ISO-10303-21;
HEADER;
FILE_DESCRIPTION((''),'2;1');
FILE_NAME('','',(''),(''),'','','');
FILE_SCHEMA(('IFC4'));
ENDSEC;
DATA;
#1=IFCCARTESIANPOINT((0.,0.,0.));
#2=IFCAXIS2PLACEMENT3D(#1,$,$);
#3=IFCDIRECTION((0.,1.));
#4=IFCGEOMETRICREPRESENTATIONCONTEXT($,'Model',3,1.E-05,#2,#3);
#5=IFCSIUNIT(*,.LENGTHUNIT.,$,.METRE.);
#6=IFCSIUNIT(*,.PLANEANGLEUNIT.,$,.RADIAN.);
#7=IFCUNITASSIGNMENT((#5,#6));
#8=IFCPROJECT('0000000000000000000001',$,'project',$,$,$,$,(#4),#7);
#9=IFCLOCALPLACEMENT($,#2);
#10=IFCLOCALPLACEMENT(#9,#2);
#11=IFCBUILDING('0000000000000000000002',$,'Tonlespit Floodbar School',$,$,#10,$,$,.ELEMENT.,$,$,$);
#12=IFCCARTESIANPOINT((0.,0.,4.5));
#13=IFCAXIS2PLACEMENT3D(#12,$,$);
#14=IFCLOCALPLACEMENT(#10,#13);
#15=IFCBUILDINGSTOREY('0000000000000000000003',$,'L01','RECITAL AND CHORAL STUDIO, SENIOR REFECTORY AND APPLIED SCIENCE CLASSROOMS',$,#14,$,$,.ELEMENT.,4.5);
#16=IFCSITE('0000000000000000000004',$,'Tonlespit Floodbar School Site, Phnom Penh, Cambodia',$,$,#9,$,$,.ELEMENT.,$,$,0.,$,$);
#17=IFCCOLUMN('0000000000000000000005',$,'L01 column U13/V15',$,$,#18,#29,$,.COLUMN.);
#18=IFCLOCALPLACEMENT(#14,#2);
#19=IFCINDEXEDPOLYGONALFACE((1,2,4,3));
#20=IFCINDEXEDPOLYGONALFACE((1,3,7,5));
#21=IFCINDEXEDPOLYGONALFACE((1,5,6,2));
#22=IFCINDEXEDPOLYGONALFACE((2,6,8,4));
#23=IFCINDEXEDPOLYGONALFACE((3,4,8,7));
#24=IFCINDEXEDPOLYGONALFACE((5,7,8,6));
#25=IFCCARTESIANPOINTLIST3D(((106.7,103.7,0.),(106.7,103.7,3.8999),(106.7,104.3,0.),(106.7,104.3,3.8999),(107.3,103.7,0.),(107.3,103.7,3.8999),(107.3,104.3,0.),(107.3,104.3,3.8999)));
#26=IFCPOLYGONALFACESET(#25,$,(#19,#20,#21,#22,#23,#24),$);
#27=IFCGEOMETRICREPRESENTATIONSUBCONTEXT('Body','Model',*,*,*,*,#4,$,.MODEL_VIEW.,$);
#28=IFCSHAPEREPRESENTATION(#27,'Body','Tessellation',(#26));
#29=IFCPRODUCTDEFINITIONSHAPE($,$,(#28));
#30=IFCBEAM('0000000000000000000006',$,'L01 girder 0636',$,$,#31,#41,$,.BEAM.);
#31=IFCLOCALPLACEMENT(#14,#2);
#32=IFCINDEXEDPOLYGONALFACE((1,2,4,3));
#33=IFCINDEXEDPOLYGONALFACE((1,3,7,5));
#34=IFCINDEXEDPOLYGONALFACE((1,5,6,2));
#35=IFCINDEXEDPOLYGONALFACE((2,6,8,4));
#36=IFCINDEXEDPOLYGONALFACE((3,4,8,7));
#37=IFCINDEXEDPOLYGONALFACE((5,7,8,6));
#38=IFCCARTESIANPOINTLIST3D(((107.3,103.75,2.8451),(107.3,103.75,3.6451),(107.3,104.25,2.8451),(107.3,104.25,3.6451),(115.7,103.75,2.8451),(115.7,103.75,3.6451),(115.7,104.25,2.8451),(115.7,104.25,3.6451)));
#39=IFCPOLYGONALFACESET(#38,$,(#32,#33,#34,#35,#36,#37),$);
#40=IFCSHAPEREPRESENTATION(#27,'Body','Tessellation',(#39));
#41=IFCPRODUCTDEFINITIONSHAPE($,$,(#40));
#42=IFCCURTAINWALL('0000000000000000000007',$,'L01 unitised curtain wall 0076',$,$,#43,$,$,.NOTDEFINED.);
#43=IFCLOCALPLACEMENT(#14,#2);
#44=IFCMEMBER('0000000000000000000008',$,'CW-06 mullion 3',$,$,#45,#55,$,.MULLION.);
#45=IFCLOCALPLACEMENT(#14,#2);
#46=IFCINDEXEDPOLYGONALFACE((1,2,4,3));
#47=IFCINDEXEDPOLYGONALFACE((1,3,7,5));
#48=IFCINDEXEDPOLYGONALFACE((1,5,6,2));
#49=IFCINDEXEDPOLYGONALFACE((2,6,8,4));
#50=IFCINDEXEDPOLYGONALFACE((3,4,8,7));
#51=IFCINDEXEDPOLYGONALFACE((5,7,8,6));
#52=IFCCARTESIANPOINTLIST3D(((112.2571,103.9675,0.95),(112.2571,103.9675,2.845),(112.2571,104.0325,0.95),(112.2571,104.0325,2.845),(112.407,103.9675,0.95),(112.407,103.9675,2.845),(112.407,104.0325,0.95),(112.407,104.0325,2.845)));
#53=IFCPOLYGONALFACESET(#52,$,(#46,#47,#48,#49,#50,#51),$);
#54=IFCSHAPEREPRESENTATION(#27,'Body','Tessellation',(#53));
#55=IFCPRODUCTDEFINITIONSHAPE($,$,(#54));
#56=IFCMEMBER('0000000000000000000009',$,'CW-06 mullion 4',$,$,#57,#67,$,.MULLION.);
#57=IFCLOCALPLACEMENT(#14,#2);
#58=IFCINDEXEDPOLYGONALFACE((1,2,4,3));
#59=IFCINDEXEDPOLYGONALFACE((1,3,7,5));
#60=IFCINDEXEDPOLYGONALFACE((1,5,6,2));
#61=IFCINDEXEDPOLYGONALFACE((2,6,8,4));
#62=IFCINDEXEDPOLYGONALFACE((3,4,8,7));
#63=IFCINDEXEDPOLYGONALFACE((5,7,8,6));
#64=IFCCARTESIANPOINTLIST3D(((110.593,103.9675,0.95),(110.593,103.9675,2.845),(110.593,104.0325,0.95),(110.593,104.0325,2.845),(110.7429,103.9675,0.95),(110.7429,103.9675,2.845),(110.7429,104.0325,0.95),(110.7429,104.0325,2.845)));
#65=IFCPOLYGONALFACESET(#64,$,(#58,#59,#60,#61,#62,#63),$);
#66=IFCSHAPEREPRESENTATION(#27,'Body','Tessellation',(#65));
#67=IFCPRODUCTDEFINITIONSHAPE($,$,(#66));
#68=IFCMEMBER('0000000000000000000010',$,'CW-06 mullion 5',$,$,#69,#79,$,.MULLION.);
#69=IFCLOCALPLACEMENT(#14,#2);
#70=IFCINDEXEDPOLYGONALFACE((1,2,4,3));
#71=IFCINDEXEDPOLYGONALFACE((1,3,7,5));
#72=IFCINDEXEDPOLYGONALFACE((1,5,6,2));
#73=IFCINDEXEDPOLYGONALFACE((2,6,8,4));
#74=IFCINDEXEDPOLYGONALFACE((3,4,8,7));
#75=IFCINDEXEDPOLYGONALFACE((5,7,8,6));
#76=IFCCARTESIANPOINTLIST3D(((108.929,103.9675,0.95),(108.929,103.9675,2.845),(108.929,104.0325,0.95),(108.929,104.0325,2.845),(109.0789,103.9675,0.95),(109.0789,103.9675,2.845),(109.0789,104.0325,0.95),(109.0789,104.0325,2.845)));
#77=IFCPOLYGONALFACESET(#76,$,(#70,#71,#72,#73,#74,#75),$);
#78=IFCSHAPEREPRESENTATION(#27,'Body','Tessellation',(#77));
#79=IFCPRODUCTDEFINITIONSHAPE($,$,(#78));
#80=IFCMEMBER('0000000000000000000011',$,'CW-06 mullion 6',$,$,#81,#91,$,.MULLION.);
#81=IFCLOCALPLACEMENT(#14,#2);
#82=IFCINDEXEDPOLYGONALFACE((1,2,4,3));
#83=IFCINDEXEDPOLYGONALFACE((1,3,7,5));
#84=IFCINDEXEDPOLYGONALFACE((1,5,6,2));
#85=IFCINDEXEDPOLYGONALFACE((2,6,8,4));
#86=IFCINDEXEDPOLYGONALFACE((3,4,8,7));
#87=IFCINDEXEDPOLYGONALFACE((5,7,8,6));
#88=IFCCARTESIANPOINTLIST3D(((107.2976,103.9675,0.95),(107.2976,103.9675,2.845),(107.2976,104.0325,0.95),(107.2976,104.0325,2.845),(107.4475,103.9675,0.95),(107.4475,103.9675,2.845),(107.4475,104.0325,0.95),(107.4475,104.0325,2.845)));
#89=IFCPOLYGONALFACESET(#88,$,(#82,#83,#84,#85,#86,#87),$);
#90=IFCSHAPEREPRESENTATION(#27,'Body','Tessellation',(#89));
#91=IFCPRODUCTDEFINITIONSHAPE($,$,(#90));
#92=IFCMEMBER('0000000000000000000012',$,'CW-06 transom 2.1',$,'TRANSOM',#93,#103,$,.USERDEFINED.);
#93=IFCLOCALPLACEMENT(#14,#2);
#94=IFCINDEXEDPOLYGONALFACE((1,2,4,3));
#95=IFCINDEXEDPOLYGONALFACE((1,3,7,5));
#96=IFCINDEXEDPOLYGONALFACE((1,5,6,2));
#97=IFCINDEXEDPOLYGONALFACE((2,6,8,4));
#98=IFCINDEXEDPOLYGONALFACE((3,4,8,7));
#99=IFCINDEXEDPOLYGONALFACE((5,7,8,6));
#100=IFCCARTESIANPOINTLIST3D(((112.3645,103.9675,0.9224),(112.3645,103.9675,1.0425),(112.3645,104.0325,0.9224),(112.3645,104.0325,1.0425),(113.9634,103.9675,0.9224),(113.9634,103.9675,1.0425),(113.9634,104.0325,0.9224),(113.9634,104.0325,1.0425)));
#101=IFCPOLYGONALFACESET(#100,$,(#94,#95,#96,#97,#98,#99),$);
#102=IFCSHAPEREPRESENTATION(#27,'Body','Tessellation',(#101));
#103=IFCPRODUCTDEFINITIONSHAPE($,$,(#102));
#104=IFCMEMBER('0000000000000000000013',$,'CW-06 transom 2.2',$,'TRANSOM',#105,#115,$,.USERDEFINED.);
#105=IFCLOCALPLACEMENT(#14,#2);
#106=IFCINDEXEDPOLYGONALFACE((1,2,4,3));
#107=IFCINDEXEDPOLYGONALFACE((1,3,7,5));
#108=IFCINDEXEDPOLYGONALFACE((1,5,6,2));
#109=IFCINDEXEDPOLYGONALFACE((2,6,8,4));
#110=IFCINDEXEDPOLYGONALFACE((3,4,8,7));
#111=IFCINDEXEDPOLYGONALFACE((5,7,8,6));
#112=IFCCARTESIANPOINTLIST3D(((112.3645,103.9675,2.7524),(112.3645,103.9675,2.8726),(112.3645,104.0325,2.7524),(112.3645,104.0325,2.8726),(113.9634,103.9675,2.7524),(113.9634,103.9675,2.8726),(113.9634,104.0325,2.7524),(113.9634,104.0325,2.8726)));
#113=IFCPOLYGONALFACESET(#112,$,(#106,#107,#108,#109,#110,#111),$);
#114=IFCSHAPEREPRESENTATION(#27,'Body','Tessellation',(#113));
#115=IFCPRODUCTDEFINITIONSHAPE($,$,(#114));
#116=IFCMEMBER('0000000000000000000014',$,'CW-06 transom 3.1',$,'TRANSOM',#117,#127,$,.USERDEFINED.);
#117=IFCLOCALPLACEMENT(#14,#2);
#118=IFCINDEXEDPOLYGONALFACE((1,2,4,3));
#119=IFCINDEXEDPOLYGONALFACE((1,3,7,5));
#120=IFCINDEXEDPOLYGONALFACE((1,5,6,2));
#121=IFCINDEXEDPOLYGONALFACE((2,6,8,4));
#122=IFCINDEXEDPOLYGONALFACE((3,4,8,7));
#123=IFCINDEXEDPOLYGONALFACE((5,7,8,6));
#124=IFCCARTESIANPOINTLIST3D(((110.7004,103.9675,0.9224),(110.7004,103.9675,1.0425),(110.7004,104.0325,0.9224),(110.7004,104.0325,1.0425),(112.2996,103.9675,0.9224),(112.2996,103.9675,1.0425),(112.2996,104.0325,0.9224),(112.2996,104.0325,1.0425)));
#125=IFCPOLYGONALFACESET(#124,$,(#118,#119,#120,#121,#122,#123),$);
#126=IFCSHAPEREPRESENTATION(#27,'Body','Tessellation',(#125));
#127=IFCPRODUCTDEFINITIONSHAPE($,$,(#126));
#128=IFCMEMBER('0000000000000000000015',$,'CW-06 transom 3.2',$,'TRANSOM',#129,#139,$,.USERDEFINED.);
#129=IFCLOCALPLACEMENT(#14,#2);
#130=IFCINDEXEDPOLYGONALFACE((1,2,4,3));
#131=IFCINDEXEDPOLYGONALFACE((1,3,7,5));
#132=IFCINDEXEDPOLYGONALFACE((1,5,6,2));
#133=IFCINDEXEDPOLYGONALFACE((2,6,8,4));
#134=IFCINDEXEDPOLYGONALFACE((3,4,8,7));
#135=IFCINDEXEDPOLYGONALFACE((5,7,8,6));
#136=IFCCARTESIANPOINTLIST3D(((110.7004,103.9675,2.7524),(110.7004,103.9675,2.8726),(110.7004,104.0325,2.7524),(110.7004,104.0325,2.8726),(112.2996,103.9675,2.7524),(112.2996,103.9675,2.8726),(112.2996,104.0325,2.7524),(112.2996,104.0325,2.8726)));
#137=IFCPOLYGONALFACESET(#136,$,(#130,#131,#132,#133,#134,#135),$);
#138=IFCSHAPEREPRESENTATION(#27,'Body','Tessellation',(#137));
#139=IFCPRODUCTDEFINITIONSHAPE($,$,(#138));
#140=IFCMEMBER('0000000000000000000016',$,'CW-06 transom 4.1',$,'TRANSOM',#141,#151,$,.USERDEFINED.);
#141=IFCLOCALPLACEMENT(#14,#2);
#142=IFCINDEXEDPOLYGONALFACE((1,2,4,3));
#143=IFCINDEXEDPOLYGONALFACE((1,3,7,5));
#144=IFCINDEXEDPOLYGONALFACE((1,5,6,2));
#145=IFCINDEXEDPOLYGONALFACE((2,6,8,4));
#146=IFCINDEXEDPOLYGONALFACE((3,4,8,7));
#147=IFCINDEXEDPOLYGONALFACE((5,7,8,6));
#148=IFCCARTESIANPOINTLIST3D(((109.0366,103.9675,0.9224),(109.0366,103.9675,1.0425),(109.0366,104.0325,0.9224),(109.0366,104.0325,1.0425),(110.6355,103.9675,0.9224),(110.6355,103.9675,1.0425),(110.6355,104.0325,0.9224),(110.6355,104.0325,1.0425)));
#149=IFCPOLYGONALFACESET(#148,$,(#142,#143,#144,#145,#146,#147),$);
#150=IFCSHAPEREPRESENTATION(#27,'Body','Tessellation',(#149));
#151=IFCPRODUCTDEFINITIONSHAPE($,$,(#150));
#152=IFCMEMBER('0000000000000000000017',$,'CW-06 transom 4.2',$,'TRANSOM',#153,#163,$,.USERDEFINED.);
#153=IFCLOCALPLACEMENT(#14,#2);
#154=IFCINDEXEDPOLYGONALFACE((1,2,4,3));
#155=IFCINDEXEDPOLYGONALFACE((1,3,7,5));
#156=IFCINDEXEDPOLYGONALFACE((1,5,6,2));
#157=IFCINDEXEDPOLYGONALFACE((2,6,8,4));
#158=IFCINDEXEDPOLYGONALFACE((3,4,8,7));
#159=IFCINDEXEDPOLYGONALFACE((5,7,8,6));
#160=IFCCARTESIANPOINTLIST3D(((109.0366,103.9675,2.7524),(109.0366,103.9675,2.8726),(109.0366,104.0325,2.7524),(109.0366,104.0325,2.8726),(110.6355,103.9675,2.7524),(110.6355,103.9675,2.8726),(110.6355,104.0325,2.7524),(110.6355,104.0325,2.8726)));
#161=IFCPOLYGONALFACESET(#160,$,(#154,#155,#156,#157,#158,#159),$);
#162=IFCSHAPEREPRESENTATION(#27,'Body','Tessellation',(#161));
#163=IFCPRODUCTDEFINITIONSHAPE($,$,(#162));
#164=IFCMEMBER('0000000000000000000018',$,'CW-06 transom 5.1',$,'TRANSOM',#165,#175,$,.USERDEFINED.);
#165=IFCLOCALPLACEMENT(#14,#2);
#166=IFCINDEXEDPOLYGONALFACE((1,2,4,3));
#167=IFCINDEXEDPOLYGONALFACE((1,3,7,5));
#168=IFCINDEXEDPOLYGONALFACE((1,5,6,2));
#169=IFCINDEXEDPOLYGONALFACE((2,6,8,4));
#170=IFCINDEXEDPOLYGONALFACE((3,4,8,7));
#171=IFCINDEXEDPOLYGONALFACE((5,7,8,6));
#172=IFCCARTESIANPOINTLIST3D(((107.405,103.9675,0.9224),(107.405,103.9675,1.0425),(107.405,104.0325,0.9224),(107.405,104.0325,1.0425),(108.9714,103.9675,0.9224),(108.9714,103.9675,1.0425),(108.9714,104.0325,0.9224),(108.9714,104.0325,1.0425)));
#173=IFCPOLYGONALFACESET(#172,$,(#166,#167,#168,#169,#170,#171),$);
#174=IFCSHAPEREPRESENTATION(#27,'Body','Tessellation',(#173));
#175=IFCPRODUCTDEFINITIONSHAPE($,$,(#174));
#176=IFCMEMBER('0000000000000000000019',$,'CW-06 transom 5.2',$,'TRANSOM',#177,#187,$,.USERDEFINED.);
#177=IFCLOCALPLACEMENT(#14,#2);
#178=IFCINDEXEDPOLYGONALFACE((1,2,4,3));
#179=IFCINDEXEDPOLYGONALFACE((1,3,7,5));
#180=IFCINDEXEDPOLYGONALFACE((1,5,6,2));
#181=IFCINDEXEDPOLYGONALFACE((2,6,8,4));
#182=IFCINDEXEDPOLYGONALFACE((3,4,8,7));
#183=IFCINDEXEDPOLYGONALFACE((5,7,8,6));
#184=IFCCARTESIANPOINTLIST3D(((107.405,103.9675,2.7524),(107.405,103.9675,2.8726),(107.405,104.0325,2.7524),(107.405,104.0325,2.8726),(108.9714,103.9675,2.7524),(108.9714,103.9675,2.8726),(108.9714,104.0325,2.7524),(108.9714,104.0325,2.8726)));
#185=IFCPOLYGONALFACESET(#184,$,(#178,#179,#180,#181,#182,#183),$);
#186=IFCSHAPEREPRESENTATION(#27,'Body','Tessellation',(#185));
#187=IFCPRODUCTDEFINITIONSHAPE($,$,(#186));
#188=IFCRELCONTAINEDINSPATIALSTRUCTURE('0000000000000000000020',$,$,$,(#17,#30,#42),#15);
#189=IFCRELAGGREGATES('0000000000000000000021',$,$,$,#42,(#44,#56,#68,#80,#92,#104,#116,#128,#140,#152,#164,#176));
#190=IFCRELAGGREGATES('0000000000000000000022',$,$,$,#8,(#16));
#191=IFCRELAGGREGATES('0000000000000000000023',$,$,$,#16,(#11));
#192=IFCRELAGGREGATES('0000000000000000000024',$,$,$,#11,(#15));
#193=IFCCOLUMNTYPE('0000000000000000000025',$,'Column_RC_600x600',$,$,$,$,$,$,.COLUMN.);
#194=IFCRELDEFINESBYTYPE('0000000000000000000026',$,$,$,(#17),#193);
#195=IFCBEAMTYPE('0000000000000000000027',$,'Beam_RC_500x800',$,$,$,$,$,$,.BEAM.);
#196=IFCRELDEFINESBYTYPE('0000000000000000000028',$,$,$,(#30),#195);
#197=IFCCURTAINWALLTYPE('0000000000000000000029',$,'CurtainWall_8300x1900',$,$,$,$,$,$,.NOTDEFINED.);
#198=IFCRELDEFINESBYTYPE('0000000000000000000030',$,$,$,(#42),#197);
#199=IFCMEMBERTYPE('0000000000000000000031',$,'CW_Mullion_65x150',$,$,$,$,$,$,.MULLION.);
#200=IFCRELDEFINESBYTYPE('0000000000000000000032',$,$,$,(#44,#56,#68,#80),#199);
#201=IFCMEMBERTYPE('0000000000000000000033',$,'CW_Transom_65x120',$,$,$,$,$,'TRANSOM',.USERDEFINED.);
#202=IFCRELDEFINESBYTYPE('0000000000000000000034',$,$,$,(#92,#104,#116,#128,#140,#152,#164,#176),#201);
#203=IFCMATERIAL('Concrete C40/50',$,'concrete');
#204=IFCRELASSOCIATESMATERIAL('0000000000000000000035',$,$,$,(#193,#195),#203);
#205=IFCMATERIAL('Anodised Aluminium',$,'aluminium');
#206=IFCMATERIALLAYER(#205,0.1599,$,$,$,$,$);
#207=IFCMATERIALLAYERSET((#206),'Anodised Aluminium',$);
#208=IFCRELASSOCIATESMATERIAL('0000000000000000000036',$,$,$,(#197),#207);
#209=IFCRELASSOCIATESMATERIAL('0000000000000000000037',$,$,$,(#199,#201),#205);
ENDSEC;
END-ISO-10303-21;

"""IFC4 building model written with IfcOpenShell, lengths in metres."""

from ifc_helpers import new_model, si_unit, direction, frame, origin, origin_2d, place, context, subcontext, project, spatial, rectangle, extrude, material, layer, layer_set, material_profile, profile_set, type_object, element, aggregate, save


model = new_model("IFC4")

# Units and contexts
model_context = context("Model", 3, precision=1e-05, world=origin(), true_north=direction((0.0, 1.0)))
body_context = subcontext(model_context, "Body", "Model", "MODEL_VIEW")
ifc_project = project(units=[si_unit("LENGTHUNIT", "METRE"), si_unit("PLANEANGLEUNIT", "RADIAN")], contexts=[model_context])

# Site, building, storey
site_placement = place(None, origin())
site = spatial("IfcSite", under=ifc_project, at=site_placement, Name="Tonlespit Floodbar School Site, Phnom Penh, Cambodia", CompositionType="ELEMENT", RefElevation=0.0)
building_placement = place(site_placement, origin())
building = spatial("IfcBuilding", under=site, at=building_placement, Name="Tonlespit Floodbar School", CompositionType="ELEMENT")
storey_placement = place(building_placement, frame((0.0, 0.0, 4.5)))
storey = spatial("IfcBuildingStorey", under=building, at=storey_placement, Name="L01", Description="RECITAL AND CHORAL STUDIO, SENIOR REFECTORY AND APPLIED SCIENCE CLASSROOMS", CompositionType="ELEMENT", Elevation=4.5)

# Column
ifc_material_1 = material(Name="Concrete C40/50", Category="concrete")
ifc_material_profile_1 = material_profile(ifc_material_1, rectangle(XDim=0.6001, YDim=0.6001, at=origin_2d()), Name="RC 600x600")
ifc_profile_set_1 = profile_set([ifc_material_profile_1], Name="Concrete C40/50")
column_type = type_object("IfcColumnType", Name="Column_RC_600x600", PredefinedType="COLUMN", material=ifc_profile_set_1)
column_placement = place(storey_placement, frame((107.0, 104.0, 0.0), z_axis=(0.0, 0.0, 1.0), x_axis=(1.0, 0.0, 0.0)))
element("IfcColumn", 1, at=column_placement, inside=storey, type_object=column_type, Name="L01 column U13/V15", PredefinedType="COLUMN", context=body_context, shape_type="SweptSolid", body=[
    extrude(rectangle(XDim=0.6001, YDim=0.6001, at=origin_2d()), origin(), (0.0, 0.0, 1.0), 3.8999),
])

# Beam
ifc_material_profile_2 = material_profile(ifc_material_1, rectangle(XDim=0.5, YDim=0.8, at=origin_2d()), Name="RC 500x800")
ifc_profile_set_2 = profile_set([ifc_material_profile_2], Name="Concrete C40/50")
beam_type = type_object("IfcBeamType", Name="Beam_RC_500x800", PredefinedType="BEAM", material=ifc_profile_set_2)
beam_placement = place(storey_placement, frame((107.3, 104.0, 3.2451), z_axis=(1.0, 0.0, 0.0), x_axis=(0.0, 1.0, 0.0)))
element("IfcBeam", 2, at=beam_placement, inside=storey, type_object=beam_type, Name="L01 girder 0636", PredefinedType="BEAM", context=body_context, shape_type="SweptSolid", body=[
    extrude(rectangle(XDim=0.5, YDim=0.8, at=origin_2d()), origin(), (0.0, 0.0, 1.0), 8.3999),
])

# Curtain wall, members
ifc_material_2 = material(Name="Anodised Aluminium", Category="aluminium")
ifc_layer_1 = layer(ifc_material_2, 0.1599)
ifc_layer_set_1 = layer_set([ifc_layer_1], Name="Anodised Aluminium")
curtain_wall_type = type_object("IfcCurtainWallType", Name="CurtainWall_8300x1900", PredefinedType="NOTDEFINED", material=ifc_layer_set_1)
curtain_wall_placement = place(storey_placement, origin())
curtain_wall = element("IfcCurtainWall", 3, at=curtain_wall_placement, inside=storey, type_object=curtain_wall_type, Name="L01 unitised curtain wall 0076", PredefinedType="NOTDEFINED")
ifc_material_profile_3 = material_profile(ifc_material_2, rectangle(XDim=0.0649, YDim=0.1499, at=origin_2d()), Name="ALU M65x150")
ifc_profile_set_3 = profile_set([ifc_material_profile_3], Name="Anodised Aluminium")
member_type_1 = type_object("IfcMemberType", Name="CW_Mullion_65x150", PredefinedType="MULLION", material=ifc_profile_set_3)
member_1_placement = place(storey_placement, frame((112.332, 104.0, 0.95), z_axis=(0.0, 0.0, 1.0), x_axis=(0.0, -1.0, 0.0)))
member_1 = element("IfcMember", 4, at=member_1_placement, type_object=member_type_1, Name="CW-06 mullion 3", PredefinedType="MULLION", context=body_context, shape_type="SweptSolid", body=[
    extrude(rectangle(XDim=0.0649, YDim=0.1499, at=origin_2d()), origin(), (0.0, 0.0, 1.0), 1.895),
])
member_2_placement = place(storey_placement, frame((110.668, 104.0, 0.95), z_axis=(0.0, 0.0, 1.0), x_axis=(0.0, -1.0, 0.0)))
member_2 = element("IfcMember", 5, at=member_2_placement, type_object=member_type_1, Name="CW-06 mullion 4", PredefinedType="MULLION", context=body_context, shape_type="SweptSolid", body=[
    extrude(rectangle(XDim=0.0649, YDim=0.1499, at=origin_2d()), origin(), (0.0, 0.0, 1.0), 1.895),
])
member_3_placement = place(storey_placement, frame((109.0039, 104.0, 0.95), z_axis=(0.0, 0.0, 1.0), x_axis=(0.0, -1.0, 0.0)))
member_3 = element("IfcMember", 6, at=member_3_placement, type_object=member_type_1, Name="CW-06 mullion 5", PredefinedType="MULLION", context=body_context, shape_type="SweptSolid", body=[
    extrude(rectangle(XDim=0.0649, YDim=0.1499, at=origin_2d()), origin(), (0.0, 0.0, 1.0), 1.895),
])
member_4_placement = place(storey_placement, frame((107.3726, 104.0, 0.95), z_axis=(0.0, 0.0, 1.0), x_axis=(0.0, -1.0, 0.0)))
member_4 = element("IfcMember", 7, at=member_4_placement, type_object=member_type_1, Name="CW-06 mullion 6", PredefinedType="MULLION", context=body_context, shape_type="SweptSolid", body=[
    extrude(rectangle(XDim=0.0649, YDim=0.1499, at=origin_2d()), origin(), (0.0, 0.0, 1.0), 1.895),
])
ifc_material_profile_4 = material_profile(ifc_material_2, rectangle(XDim=0.0649, YDim=0.1201, at=origin_2d()), Name="ALU T65x120")
ifc_profile_set_4 = profile_set([ifc_material_profile_4], Name="Anodised Aluminium")
member_type_2 = type_object("IfcMemberType", Name="CW_Transom_65x120", ElementType="TRANSOM", PredefinedType="USERDEFINED", material=ifc_profile_set_4)
member_5_placement = place(storey_placement, frame((113.9634, 104.0, 0.9824), z_axis=(-1.0, 0.0, 0.0), x_axis=(0.0, -1.0, 0.0)))
member_5 = element("IfcMember", 8, at=member_5_placement, type_object=member_type_2, Name="CW-06 transom 2.1", ObjectType="TRANSOM", PredefinedType="USERDEFINED", context=body_context, shape_type="SweptSolid", body=[
    extrude(rectangle(XDim=0.0649, YDim=0.1201, at=origin_2d()), origin(), (0.0, 0.0, 1.0), 1.5989),
])
member_6_placement = place(storey_placement, frame((113.9634, 104.0, 2.8125), z_axis=(-1.0, 0.0, 0.0), x_axis=(0.0, -1.0, 0.0)))
member_6 = element("IfcMember", 9, at=member_6_placement, type_object=member_type_2, Name="CW-06 transom 2.2", ObjectType="TRANSOM", PredefinedType="USERDEFINED", context=body_context, shape_type="SweptSolid", body=[
    extrude(rectangle(XDim=0.0649, YDim=0.1201, at=origin_2d()), origin(), (0.0, 0.0, 1.0), 1.5989),
])
member_7_placement = place(storey_placement, frame((112.2996, 104.0, 0.9824), z_axis=(-1.0, 0.0, 0.0), x_axis=(0.0, -1.0, 0.0)))
member_7 = element("IfcMember", 10, at=member_7_placement, type_object=member_type_2, Name="CW-06 transom 3.1", ObjectType="TRANSOM", PredefinedType="USERDEFINED", context=body_context, shape_type="SweptSolid", body=[
    extrude(rectangle(XDim=0.0649, YDim=0.1201, at=origin_2d()), origin(), (0.0, 0.0, 1.0), 1.5991),
])
member_8_placement = place(storey_placement, frame((112.2996, 104.0, 2.8125), z_axis=(-1.0, 0.0, 0.0), x_axis=(0.0, -1.0, 0.0)))
member_8 = element("IfcMember", 11, at=member_8_placement, type_object=member_type_2, Name="CW-06 transom 3.2", ObjectType="TRANSOM", PredefinedType="USERDEFINED", context=body_context, shape_type="SweptSolid", body=[
    extrude(rectangle(XDim=0.0649, YDim=0.1201, at=origin_2d()), origin(), (0.0, 0.0, 1.0), 1.5991),
])
member_9_placement = place(storey_placement, frame((110.6355, 104.0, 0.9824), z_axis=(-1.0, 0.0, 0.0), x_axis=(0.0, -1.0, 0.0)))
member_9 = element("IfcMember", 12, at=member_9_placement, type_object=member_type_2, Name="CW-06 transom 4.1", ObjectType="TRANSOM", PredefinedType="USERDEFINED", context=body_context, shape_type="SweptSolid", body=[
    extrude(rectangle(XDim=0.0649, YDim=0.1201, at=origin_2d()), origin(), (0.0, 0.0, 1.0), 1.5989),
])
member_10_placement = place(storey_placement, frame((110.6355, 104.0, 2.8125), z_axis=(-1.0, 0.0, 0.0), x_axis=(0.0, -1.0, 0.0)))
member_10 = element("IfcMember", 13, at=member_10_placement, type_object=member_type_2, Name="CW-06 transom 4.2", ObjectType="TRANSOM", PredefinedType="USERDEFINED", context=body_context, shape_type="SweptSolid", body=[
    extrude(rectangle(XDim=0.0649, YDim=0.1201, at=origin_2d()), origin(), (0.0, 0.0, 1.0), 1.5989),
])
member_11_placement = place(storey_placement, frame((108.9714, 104.0, 0.9824), z_axis=(-1.0, 0.0, 0.0), x_axis=(0.0, -1.0, 0.0)))
member_11 = element("IfcMember", 14, at=member_11_placement, type_object=member_type_2, Name="CW-06 transom 5.1", ObjectType="TRANSOM", PredefinedType="USERDEFINED", context=body_context, shape_type="SweptSolid", body=[
    extrude(rectangle(XDim=0.0649, YDim=0.1201, at=origin_2d()), origin(), (0.0, 0.0, 1.0), 1.5664),
])
member_12_placement = place(storey_placement, frame((108.9714, 104.0, 2.8125), z_axis=(-1.0, 0.0, 0.0), x_axis=(0.0, -1.0, 0.0)))
member_12 = element("IfcMember", 15, at=member_12_placement, type_object=member_type_2, Name="CW-06 transom 5.2", ObjectType="TRANSOM", PredefinedType="USERDEFINED", context=body_context, shape_type="SweptSolid", body=[
    extrude(rectangle(XDim=0.0649, YDim=0.1201, at=origin_2d()), origin(), (0.0, 0.0, 1.0), 1.5664),
])
aggregate(curtain_wall, [member_1, member_2, member_3, member_4, member_5, member_6, member_7, member_8, member_9, member_10, member_11, member_12])

save(model, "model.ifc")
